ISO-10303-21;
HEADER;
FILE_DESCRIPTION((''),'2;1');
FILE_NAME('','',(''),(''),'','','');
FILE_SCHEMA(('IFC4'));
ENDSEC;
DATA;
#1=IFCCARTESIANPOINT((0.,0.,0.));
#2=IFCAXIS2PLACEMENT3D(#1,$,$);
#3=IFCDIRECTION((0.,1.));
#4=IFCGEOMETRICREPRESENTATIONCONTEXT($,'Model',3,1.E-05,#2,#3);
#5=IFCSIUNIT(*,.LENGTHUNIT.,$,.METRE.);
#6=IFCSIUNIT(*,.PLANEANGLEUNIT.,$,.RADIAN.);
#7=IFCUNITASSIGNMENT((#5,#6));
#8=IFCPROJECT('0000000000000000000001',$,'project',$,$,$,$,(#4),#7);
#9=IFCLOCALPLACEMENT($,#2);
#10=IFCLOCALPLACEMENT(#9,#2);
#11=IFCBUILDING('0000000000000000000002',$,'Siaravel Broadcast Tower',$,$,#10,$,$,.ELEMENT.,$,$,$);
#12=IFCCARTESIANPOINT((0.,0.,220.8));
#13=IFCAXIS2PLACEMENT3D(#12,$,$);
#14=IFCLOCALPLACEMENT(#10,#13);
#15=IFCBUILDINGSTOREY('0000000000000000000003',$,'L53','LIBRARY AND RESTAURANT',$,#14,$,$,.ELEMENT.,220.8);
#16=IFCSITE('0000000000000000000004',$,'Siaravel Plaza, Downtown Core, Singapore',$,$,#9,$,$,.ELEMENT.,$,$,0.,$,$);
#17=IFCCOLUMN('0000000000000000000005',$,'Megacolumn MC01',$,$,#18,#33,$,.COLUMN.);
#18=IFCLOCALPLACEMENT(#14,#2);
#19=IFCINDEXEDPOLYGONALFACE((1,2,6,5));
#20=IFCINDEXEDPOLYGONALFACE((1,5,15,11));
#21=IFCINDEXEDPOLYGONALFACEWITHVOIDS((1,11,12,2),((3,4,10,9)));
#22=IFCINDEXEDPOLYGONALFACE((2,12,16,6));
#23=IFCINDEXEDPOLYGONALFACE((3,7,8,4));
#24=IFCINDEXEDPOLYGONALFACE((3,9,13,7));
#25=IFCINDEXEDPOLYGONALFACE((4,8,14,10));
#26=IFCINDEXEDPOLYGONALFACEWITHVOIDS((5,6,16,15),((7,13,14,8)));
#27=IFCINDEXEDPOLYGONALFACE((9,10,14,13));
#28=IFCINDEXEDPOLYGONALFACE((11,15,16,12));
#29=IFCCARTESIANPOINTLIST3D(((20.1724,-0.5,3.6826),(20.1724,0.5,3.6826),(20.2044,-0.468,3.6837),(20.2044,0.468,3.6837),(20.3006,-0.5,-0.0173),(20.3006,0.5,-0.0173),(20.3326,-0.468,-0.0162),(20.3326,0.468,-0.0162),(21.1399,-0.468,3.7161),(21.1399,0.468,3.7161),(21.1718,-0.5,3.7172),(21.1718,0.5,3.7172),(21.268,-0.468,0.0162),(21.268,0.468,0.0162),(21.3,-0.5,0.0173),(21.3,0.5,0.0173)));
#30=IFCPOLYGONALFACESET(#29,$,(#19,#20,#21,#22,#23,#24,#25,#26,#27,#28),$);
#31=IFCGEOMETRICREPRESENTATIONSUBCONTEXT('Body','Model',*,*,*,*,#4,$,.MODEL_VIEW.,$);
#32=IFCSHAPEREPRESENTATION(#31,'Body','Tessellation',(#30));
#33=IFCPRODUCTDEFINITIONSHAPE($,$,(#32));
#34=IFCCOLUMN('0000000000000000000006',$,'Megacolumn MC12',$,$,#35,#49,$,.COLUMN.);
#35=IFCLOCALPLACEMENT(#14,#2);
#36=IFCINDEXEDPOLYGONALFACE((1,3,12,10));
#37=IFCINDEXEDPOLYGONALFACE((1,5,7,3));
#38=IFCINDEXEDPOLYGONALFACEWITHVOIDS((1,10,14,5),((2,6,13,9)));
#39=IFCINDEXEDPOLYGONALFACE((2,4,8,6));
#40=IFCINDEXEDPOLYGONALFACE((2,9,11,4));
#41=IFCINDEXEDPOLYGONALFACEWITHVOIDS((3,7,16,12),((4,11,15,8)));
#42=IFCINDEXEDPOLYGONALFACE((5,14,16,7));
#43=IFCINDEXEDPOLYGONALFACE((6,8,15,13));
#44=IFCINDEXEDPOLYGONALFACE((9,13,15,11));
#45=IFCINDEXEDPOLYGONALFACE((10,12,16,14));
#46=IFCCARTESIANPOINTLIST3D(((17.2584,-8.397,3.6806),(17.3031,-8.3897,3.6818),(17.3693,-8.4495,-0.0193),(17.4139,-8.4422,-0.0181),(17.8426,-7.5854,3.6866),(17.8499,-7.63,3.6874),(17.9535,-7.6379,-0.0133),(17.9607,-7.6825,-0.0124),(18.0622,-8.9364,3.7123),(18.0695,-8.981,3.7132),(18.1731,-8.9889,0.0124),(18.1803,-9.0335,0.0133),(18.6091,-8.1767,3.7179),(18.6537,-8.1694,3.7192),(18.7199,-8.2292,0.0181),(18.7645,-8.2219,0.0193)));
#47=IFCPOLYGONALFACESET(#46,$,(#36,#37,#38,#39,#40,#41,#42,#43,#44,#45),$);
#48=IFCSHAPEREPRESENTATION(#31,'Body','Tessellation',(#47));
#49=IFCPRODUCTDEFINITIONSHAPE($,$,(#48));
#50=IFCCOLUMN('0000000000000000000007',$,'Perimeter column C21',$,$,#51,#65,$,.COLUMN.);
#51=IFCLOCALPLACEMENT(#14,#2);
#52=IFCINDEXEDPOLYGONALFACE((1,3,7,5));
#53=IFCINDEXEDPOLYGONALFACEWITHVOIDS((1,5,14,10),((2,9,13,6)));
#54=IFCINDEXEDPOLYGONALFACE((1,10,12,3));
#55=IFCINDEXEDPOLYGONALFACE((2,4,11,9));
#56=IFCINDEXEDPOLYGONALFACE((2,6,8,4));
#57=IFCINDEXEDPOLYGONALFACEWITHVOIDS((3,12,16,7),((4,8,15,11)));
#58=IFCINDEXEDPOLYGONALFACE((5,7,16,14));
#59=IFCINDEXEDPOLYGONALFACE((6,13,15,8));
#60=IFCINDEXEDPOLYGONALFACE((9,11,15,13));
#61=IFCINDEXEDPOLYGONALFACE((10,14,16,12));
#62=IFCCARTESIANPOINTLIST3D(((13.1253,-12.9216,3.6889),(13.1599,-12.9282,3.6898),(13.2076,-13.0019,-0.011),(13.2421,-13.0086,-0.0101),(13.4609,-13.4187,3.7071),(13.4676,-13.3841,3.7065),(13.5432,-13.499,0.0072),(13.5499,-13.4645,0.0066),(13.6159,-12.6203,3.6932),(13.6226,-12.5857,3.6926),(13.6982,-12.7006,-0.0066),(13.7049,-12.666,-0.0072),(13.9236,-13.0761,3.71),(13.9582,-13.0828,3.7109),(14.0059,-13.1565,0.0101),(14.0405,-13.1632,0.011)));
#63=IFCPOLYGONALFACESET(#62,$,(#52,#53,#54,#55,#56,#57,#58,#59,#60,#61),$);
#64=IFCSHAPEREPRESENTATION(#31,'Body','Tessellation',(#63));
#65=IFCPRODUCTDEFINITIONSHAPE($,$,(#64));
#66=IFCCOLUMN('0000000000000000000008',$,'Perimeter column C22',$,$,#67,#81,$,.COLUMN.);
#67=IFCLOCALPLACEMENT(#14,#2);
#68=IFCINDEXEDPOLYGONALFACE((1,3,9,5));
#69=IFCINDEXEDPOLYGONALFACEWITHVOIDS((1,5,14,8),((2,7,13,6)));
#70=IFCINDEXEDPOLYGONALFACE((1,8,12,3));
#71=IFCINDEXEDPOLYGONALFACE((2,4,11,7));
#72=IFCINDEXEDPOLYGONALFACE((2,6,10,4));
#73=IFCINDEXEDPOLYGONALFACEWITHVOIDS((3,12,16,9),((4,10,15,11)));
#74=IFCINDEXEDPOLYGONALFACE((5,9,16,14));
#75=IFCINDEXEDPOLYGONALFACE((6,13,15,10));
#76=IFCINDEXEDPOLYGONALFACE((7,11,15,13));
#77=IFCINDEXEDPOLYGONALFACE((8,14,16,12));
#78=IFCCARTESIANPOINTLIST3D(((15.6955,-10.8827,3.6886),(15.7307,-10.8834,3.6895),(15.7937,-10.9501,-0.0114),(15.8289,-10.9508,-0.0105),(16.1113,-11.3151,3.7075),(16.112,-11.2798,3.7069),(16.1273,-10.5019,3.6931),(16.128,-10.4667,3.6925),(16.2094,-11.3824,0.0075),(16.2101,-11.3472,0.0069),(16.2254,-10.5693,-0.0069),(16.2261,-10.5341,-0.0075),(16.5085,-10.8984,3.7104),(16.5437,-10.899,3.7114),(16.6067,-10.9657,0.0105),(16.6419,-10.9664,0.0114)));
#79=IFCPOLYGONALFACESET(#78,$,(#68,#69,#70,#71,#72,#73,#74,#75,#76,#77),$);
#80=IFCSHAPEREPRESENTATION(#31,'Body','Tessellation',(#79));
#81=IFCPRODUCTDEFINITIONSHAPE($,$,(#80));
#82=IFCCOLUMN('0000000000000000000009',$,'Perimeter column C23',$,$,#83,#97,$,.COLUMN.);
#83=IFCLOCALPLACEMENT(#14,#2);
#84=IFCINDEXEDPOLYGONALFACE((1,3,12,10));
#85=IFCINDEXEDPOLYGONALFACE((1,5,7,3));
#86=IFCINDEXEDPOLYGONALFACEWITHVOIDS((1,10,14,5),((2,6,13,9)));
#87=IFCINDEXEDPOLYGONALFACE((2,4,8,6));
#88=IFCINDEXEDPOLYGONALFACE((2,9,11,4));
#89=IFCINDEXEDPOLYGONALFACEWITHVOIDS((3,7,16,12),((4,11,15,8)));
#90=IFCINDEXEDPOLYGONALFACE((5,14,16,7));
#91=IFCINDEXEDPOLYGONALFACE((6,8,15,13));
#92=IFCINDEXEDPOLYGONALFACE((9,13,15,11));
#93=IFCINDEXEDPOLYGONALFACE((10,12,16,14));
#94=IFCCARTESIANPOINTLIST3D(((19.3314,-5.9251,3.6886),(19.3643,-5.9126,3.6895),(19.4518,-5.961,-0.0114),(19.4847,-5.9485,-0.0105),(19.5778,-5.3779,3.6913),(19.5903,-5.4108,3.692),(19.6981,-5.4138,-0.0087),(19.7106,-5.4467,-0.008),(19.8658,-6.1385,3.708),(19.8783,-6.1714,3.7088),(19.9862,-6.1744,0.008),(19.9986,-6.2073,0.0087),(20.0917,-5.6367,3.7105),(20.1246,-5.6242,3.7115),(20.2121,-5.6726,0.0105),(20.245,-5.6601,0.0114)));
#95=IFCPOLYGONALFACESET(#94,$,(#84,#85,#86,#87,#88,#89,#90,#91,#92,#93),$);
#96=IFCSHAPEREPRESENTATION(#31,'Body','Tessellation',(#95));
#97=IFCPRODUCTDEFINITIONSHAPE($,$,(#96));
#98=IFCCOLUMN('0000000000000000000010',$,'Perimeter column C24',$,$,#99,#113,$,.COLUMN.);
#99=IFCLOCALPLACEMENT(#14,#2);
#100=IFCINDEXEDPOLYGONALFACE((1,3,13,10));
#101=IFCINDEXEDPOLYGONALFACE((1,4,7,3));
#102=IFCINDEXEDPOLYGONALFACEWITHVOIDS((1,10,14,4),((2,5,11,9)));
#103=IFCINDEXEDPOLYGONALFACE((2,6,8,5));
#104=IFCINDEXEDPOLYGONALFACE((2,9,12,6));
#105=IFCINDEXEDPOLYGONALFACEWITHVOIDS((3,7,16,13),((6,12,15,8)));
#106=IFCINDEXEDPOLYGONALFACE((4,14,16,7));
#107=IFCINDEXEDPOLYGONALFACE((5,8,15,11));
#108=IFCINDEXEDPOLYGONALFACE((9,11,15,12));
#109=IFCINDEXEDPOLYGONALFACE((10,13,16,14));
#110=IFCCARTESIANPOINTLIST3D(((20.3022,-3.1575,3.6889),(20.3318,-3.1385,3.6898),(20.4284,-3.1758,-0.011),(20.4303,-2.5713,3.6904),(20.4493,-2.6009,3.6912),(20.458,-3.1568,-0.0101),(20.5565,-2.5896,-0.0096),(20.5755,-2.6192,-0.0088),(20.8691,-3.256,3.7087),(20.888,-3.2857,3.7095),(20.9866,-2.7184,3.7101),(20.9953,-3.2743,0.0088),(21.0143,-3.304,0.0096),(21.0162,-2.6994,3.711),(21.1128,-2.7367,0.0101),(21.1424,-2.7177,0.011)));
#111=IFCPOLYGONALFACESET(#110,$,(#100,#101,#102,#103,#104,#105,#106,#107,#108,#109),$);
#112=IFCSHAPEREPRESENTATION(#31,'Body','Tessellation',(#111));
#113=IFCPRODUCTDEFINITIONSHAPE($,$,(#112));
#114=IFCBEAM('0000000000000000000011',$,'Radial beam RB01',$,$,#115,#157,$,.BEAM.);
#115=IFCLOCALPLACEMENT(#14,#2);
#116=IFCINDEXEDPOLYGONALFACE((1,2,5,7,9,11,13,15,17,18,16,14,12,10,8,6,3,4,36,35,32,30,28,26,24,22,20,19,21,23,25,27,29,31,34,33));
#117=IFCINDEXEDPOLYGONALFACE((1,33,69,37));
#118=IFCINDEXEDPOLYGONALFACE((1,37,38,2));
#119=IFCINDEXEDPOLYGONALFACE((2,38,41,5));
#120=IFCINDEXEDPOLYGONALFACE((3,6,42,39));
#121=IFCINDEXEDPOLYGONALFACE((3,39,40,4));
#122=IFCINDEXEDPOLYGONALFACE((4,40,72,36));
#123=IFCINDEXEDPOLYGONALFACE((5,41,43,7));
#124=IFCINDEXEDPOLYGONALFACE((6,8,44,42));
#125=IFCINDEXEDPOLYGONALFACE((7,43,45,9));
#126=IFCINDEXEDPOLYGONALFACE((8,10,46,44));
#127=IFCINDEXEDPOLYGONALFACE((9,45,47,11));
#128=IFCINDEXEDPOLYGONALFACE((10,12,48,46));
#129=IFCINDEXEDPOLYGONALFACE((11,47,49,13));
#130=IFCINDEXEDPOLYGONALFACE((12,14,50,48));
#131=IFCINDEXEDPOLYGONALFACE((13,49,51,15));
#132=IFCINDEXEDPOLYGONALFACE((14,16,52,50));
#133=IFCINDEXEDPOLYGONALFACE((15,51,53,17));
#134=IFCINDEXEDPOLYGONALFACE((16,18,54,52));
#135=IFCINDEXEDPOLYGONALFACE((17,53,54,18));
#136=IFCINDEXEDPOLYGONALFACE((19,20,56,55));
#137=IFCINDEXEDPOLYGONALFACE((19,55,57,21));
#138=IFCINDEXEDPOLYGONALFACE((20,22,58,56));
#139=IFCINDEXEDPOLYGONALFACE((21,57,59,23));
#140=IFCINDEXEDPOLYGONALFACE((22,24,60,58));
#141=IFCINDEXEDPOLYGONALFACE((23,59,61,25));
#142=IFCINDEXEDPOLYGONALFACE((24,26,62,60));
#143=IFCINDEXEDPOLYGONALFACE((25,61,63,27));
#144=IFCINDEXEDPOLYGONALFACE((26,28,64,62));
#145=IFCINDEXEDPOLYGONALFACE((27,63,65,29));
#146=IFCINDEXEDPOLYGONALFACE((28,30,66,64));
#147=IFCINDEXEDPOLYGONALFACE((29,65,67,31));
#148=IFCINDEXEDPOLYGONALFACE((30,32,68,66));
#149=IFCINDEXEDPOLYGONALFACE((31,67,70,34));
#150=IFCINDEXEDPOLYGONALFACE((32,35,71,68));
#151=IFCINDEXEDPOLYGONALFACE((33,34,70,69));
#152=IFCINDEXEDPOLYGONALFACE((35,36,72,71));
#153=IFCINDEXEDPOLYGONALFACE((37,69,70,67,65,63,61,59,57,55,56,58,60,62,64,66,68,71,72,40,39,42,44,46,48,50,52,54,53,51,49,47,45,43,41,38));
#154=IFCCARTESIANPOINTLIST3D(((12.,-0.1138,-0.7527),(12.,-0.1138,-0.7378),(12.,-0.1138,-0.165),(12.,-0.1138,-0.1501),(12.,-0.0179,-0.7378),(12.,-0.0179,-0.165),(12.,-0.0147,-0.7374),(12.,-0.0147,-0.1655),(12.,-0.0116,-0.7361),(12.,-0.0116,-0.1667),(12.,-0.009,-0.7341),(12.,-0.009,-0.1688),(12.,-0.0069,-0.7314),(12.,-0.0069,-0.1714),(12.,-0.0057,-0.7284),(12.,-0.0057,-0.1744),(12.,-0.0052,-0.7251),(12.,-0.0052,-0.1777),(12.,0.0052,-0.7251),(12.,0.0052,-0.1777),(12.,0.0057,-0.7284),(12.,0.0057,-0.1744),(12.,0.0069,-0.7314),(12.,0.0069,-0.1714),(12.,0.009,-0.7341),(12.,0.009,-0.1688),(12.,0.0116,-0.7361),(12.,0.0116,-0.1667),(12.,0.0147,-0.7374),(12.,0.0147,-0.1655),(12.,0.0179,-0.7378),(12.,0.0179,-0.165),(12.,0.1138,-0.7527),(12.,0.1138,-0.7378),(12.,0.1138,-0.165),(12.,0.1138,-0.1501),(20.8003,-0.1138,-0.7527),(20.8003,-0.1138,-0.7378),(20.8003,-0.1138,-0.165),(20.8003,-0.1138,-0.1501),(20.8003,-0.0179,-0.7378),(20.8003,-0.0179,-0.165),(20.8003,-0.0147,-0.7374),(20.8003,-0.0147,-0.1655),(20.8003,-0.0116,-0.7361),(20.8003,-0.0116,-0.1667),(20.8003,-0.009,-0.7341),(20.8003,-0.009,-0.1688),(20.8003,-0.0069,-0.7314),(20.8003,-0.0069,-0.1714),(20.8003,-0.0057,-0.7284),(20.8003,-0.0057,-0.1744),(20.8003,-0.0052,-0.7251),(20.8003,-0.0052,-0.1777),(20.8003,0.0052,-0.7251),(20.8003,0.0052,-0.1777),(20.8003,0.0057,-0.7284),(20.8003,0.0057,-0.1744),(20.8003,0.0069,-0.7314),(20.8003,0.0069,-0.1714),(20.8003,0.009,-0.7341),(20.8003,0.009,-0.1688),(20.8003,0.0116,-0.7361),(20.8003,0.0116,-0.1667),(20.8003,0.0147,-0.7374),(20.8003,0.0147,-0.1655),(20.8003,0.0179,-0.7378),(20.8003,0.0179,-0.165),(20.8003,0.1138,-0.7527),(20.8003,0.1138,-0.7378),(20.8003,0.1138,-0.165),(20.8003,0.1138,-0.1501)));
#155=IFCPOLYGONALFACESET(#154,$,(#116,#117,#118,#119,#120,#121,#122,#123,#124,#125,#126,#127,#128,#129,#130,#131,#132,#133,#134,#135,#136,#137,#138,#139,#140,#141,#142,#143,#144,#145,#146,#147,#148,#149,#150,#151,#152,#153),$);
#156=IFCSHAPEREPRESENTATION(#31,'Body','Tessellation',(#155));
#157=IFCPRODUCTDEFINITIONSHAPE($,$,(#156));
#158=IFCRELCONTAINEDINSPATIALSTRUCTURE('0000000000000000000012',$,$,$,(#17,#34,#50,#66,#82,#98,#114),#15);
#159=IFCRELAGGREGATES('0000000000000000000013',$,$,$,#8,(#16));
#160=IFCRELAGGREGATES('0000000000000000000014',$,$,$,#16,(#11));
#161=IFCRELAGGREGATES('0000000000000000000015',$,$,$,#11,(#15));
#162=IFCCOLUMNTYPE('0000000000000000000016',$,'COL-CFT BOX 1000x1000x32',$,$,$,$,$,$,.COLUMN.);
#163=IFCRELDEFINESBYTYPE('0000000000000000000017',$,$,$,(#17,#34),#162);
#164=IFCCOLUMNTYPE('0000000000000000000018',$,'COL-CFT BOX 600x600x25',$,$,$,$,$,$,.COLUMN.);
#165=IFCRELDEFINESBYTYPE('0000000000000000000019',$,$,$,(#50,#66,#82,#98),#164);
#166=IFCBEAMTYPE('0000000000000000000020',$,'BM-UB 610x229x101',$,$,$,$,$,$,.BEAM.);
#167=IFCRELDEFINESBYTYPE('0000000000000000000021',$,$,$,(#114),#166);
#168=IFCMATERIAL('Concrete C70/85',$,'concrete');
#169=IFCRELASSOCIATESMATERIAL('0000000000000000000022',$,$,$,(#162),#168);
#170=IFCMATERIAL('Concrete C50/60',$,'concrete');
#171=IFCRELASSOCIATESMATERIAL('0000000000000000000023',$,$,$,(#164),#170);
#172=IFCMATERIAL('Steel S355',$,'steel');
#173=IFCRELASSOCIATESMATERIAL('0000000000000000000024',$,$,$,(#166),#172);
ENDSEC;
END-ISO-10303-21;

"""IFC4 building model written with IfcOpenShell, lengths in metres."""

from ifc_helpers import new_model, si_unit, direction, frame, origin, origin_2d, place, context, subcontext, project, spatial, hollow_rectangle, i_section, extrude, material, material_profile, profile_set, type_object, element, save


model = new_model("IFC4")

# Units and contexts
model_context = context("Model", 3, precision=1e-05, world=origin(), true_north=direction((0.0, 1.0)))
body_context = subcontext(model_context, "Body", "Model", "MODEL_VIEW")
ifc_project = project(units=[si_unit("LENGTHUNIT", "METRE"), si_unit("PLANEANGLEUNIT", "RADIAN")], contexts=[model_context])

# Site, building, storey
site_placement = place(None, origin())
site = spatial("IfcSite", under=ifc_project, at=site_placement, Name="Siaravel Plaza, Downtown Core, Singapore", CompositionType="ELEMENT", RefElevation=0.0)
building_placement = place(site_placement, origin())
building = spatial("IfcBuilding", under=site, at=building_placement, Name="Siaravel Broadcast Tower", CompositionType="ELEMENT")
storey_placement = place(building_placement, frame((0.0, 0.0, 220.8)))
storey = spatial("IfcBuildingStorey", under=building, at=storey_placement, Name="L53", Description="LIBRARY AND RESTAURANT", CompositionType="ELEMENT", Elevation=220.8)

# Columns
ifc_material_1 = material(Name="Concrete C70/85", Category="concrete")
ifc_material_profile_1 = material_profile(ifc_material_1, hollow_rectangle(XDim=1.0, YDim=1.0, WallThickness=0.032, at=origin_2d()))
ifc_profile_set_1 = profile_set([ifc_material_profile_1], Name="Concrete C70/85")
column_type_1 = type_object("IfcColumnType", Name="COL-CFT BOX 1000x1000x32", PredefinedType="COLUMN", material=ifc_profile_set_1)
column_1_placement = place(storey_placement, frame((20.8003, 0.0, 0.0), z_axis=(-0.034621, 0.0, 0.999401), x_axis=(0.0, -1.0, 0.0)))
element("IfcColumn", 1, at=column_1_placement, inside=storey, type_object=column_type_1, Name="Megacolumn MC01", PredefinedType="COLUMN", context=body_context, shape_type="SweptSolid", body=[
    extrude(hollow_rectangle(XDim=1.0, YDim=1.0, WallThickness=0.032, at=origin_2d()), origin(), (0.0, 0.0, 1.0), 3.7021),
])
column_2_placement = place(storey_placement, frame((18.0669, -8.3357, 0.0), z_axis=(-0.029941, 0.014179, 0.999451), x_axis=(-0.584185, -0.811599, -0.005987)))
element("IfcColumn", 2, at=column_2_placement, inside=storey, type_object=column_type_1, Name="Megacolumn MC12", PredefinedType="COLUMN", context=body_context, shape_type="SweptSolid", body=[
    extrude(hollow_rectangle(XDim=1.0, YDim=1.0, WallThickness=0.032, at=origin_2d()), origin(), (0.0, 0.0, 1.0), 3.7019),
])
ifc_material_2 = material(Name="Concrete C50/60", Category="concrete")
ifc_material_profile_2 = material_profile(ifc_material_2, hollow_rectangle(XDim=0.6001, YDim=0.6001, WallThickness=0.0249, at=origin_2d()))
ifc_profile_set_2 = profile_set([ifc_material_profile_2], Name="Concrete C50/60")
column_type_2 = type_object("IfcColumnType", Name="COL-CFT BOX 600x600x25", PredefinedType="COLUMN", material=ifc_profile_set_2)
column_3_placement = place(storey_placement, frame((13.624, -13.0825, 0.0), z_axis=(-0.022226, 0.021699, 0.999517), x_axis=(-0.828692, -0.559669, -0.006278)))
element("IfcColumn", 3, at=column_3_placement, inside=storey, type_object=column_type_2, Name="Perimeter column C21", PredefinedType="COLUMN", context=body_context, shape_type="SweptSolid", body=[
    extrude(hollow_rectangle(XDim=0.6001, YDim=0.6001, WallThickness=0.0249, at=origin_2d()), origin(), (0.0, 0.0, 1.0), 3.7017),
])
column_4_placement = place(storey_placement, frame((16.2178, -10.9583, 0.0), z_axis=(-0.026512, 0.018202, 0.999483), x_axis=(-0.720661, -0.693257, -0.006491)))
element("IfcColumn", 4, at=column_4_placement, inside=storey, type_object=column_type_2, Name="Perimeter column C22", PredefinedType="COLUMN", context=body_context, shape_type="SweptSolid", body=[
    extrude(hollow_rectangle(XDim=0.6001, YDim=0.6001, WallThickness=0.0249, at=origin_2d()), origin(), (0.0, 0.0, 1.0), 3.7019),
])
for number, where, z_axis, x_axis, name in (
    (5, (19.8484, -5.8105, 0.0), (-0.032512, 0.009694, 0.999424), (-0.410538, -0.911832, -0.00451), "Perimeter column C23"),
    (6, (20.7854, -2.9468, 0.0), (-0.034094, 0.004946, 0.999406), (-0.213572, -0.976924, -0.002451), "Perimeter column C24"),
):
    element("IfcColumn", number, at=place(storey_placement, frame(where, z_axis=z_axis, x_axis=x_axis)), inside=storey, type_object=column_type_2, Name=name, PredefinedType="COLUMN", context=body_context, shape_type="SweptSolid", body=[
        extrude(hollow_rectangle(XDim=0.6001, YDim=0.6001, WallThickness=0.0249, at=origin_2d()), origin(), (0.0, 0.0, 1.0), 3.7021),
    ])

# Beam
ifc_material_3 = material(Name="Steel S355", Category="steel")
ifc_material_profile_3 = material_profile(ifc_material_3, i_section(OverallWidth=0.2275, OverallDepth=0.6025, WebThickness=0.0105, FlangeThickness=0.0149, FilletRadius=0.0127, at=origin_2d()))
ifc_profile_set_3 = profile_set([ifc_material_profile_3], Name="Steel S355")
beam_type = type_object("IfcBeamType", Name="BM-UB 610x229x101", PredefinedType="BEAM", material=ifc_profile_set_3)
beam_1_placement = place(storey_placement, frame((20.8003, 0.0, -0.4514), z_axis=(-1.0, 0.0, 0.0), x_axis=(0.0, -1.0, 0.0)))
element("IfcBeam", 7, at=beam_1_placement, inside=storey, type_object=beam_type, Name="Radial beam RB01", PredefinedType="BEAM", context=body_context, shape_type="SweptSolid", body=[
    extrude(i_section(OverallWidth=0.2275, OverallDepth=0.6025, WebThickness=0.0105, FlangeThickness=0.0149, FilletRadius=0.0127, at=origin_2d()), origin(), (0.0, 0.0, 1.0), 8.8003),
])

save(model, "model.ifc")
